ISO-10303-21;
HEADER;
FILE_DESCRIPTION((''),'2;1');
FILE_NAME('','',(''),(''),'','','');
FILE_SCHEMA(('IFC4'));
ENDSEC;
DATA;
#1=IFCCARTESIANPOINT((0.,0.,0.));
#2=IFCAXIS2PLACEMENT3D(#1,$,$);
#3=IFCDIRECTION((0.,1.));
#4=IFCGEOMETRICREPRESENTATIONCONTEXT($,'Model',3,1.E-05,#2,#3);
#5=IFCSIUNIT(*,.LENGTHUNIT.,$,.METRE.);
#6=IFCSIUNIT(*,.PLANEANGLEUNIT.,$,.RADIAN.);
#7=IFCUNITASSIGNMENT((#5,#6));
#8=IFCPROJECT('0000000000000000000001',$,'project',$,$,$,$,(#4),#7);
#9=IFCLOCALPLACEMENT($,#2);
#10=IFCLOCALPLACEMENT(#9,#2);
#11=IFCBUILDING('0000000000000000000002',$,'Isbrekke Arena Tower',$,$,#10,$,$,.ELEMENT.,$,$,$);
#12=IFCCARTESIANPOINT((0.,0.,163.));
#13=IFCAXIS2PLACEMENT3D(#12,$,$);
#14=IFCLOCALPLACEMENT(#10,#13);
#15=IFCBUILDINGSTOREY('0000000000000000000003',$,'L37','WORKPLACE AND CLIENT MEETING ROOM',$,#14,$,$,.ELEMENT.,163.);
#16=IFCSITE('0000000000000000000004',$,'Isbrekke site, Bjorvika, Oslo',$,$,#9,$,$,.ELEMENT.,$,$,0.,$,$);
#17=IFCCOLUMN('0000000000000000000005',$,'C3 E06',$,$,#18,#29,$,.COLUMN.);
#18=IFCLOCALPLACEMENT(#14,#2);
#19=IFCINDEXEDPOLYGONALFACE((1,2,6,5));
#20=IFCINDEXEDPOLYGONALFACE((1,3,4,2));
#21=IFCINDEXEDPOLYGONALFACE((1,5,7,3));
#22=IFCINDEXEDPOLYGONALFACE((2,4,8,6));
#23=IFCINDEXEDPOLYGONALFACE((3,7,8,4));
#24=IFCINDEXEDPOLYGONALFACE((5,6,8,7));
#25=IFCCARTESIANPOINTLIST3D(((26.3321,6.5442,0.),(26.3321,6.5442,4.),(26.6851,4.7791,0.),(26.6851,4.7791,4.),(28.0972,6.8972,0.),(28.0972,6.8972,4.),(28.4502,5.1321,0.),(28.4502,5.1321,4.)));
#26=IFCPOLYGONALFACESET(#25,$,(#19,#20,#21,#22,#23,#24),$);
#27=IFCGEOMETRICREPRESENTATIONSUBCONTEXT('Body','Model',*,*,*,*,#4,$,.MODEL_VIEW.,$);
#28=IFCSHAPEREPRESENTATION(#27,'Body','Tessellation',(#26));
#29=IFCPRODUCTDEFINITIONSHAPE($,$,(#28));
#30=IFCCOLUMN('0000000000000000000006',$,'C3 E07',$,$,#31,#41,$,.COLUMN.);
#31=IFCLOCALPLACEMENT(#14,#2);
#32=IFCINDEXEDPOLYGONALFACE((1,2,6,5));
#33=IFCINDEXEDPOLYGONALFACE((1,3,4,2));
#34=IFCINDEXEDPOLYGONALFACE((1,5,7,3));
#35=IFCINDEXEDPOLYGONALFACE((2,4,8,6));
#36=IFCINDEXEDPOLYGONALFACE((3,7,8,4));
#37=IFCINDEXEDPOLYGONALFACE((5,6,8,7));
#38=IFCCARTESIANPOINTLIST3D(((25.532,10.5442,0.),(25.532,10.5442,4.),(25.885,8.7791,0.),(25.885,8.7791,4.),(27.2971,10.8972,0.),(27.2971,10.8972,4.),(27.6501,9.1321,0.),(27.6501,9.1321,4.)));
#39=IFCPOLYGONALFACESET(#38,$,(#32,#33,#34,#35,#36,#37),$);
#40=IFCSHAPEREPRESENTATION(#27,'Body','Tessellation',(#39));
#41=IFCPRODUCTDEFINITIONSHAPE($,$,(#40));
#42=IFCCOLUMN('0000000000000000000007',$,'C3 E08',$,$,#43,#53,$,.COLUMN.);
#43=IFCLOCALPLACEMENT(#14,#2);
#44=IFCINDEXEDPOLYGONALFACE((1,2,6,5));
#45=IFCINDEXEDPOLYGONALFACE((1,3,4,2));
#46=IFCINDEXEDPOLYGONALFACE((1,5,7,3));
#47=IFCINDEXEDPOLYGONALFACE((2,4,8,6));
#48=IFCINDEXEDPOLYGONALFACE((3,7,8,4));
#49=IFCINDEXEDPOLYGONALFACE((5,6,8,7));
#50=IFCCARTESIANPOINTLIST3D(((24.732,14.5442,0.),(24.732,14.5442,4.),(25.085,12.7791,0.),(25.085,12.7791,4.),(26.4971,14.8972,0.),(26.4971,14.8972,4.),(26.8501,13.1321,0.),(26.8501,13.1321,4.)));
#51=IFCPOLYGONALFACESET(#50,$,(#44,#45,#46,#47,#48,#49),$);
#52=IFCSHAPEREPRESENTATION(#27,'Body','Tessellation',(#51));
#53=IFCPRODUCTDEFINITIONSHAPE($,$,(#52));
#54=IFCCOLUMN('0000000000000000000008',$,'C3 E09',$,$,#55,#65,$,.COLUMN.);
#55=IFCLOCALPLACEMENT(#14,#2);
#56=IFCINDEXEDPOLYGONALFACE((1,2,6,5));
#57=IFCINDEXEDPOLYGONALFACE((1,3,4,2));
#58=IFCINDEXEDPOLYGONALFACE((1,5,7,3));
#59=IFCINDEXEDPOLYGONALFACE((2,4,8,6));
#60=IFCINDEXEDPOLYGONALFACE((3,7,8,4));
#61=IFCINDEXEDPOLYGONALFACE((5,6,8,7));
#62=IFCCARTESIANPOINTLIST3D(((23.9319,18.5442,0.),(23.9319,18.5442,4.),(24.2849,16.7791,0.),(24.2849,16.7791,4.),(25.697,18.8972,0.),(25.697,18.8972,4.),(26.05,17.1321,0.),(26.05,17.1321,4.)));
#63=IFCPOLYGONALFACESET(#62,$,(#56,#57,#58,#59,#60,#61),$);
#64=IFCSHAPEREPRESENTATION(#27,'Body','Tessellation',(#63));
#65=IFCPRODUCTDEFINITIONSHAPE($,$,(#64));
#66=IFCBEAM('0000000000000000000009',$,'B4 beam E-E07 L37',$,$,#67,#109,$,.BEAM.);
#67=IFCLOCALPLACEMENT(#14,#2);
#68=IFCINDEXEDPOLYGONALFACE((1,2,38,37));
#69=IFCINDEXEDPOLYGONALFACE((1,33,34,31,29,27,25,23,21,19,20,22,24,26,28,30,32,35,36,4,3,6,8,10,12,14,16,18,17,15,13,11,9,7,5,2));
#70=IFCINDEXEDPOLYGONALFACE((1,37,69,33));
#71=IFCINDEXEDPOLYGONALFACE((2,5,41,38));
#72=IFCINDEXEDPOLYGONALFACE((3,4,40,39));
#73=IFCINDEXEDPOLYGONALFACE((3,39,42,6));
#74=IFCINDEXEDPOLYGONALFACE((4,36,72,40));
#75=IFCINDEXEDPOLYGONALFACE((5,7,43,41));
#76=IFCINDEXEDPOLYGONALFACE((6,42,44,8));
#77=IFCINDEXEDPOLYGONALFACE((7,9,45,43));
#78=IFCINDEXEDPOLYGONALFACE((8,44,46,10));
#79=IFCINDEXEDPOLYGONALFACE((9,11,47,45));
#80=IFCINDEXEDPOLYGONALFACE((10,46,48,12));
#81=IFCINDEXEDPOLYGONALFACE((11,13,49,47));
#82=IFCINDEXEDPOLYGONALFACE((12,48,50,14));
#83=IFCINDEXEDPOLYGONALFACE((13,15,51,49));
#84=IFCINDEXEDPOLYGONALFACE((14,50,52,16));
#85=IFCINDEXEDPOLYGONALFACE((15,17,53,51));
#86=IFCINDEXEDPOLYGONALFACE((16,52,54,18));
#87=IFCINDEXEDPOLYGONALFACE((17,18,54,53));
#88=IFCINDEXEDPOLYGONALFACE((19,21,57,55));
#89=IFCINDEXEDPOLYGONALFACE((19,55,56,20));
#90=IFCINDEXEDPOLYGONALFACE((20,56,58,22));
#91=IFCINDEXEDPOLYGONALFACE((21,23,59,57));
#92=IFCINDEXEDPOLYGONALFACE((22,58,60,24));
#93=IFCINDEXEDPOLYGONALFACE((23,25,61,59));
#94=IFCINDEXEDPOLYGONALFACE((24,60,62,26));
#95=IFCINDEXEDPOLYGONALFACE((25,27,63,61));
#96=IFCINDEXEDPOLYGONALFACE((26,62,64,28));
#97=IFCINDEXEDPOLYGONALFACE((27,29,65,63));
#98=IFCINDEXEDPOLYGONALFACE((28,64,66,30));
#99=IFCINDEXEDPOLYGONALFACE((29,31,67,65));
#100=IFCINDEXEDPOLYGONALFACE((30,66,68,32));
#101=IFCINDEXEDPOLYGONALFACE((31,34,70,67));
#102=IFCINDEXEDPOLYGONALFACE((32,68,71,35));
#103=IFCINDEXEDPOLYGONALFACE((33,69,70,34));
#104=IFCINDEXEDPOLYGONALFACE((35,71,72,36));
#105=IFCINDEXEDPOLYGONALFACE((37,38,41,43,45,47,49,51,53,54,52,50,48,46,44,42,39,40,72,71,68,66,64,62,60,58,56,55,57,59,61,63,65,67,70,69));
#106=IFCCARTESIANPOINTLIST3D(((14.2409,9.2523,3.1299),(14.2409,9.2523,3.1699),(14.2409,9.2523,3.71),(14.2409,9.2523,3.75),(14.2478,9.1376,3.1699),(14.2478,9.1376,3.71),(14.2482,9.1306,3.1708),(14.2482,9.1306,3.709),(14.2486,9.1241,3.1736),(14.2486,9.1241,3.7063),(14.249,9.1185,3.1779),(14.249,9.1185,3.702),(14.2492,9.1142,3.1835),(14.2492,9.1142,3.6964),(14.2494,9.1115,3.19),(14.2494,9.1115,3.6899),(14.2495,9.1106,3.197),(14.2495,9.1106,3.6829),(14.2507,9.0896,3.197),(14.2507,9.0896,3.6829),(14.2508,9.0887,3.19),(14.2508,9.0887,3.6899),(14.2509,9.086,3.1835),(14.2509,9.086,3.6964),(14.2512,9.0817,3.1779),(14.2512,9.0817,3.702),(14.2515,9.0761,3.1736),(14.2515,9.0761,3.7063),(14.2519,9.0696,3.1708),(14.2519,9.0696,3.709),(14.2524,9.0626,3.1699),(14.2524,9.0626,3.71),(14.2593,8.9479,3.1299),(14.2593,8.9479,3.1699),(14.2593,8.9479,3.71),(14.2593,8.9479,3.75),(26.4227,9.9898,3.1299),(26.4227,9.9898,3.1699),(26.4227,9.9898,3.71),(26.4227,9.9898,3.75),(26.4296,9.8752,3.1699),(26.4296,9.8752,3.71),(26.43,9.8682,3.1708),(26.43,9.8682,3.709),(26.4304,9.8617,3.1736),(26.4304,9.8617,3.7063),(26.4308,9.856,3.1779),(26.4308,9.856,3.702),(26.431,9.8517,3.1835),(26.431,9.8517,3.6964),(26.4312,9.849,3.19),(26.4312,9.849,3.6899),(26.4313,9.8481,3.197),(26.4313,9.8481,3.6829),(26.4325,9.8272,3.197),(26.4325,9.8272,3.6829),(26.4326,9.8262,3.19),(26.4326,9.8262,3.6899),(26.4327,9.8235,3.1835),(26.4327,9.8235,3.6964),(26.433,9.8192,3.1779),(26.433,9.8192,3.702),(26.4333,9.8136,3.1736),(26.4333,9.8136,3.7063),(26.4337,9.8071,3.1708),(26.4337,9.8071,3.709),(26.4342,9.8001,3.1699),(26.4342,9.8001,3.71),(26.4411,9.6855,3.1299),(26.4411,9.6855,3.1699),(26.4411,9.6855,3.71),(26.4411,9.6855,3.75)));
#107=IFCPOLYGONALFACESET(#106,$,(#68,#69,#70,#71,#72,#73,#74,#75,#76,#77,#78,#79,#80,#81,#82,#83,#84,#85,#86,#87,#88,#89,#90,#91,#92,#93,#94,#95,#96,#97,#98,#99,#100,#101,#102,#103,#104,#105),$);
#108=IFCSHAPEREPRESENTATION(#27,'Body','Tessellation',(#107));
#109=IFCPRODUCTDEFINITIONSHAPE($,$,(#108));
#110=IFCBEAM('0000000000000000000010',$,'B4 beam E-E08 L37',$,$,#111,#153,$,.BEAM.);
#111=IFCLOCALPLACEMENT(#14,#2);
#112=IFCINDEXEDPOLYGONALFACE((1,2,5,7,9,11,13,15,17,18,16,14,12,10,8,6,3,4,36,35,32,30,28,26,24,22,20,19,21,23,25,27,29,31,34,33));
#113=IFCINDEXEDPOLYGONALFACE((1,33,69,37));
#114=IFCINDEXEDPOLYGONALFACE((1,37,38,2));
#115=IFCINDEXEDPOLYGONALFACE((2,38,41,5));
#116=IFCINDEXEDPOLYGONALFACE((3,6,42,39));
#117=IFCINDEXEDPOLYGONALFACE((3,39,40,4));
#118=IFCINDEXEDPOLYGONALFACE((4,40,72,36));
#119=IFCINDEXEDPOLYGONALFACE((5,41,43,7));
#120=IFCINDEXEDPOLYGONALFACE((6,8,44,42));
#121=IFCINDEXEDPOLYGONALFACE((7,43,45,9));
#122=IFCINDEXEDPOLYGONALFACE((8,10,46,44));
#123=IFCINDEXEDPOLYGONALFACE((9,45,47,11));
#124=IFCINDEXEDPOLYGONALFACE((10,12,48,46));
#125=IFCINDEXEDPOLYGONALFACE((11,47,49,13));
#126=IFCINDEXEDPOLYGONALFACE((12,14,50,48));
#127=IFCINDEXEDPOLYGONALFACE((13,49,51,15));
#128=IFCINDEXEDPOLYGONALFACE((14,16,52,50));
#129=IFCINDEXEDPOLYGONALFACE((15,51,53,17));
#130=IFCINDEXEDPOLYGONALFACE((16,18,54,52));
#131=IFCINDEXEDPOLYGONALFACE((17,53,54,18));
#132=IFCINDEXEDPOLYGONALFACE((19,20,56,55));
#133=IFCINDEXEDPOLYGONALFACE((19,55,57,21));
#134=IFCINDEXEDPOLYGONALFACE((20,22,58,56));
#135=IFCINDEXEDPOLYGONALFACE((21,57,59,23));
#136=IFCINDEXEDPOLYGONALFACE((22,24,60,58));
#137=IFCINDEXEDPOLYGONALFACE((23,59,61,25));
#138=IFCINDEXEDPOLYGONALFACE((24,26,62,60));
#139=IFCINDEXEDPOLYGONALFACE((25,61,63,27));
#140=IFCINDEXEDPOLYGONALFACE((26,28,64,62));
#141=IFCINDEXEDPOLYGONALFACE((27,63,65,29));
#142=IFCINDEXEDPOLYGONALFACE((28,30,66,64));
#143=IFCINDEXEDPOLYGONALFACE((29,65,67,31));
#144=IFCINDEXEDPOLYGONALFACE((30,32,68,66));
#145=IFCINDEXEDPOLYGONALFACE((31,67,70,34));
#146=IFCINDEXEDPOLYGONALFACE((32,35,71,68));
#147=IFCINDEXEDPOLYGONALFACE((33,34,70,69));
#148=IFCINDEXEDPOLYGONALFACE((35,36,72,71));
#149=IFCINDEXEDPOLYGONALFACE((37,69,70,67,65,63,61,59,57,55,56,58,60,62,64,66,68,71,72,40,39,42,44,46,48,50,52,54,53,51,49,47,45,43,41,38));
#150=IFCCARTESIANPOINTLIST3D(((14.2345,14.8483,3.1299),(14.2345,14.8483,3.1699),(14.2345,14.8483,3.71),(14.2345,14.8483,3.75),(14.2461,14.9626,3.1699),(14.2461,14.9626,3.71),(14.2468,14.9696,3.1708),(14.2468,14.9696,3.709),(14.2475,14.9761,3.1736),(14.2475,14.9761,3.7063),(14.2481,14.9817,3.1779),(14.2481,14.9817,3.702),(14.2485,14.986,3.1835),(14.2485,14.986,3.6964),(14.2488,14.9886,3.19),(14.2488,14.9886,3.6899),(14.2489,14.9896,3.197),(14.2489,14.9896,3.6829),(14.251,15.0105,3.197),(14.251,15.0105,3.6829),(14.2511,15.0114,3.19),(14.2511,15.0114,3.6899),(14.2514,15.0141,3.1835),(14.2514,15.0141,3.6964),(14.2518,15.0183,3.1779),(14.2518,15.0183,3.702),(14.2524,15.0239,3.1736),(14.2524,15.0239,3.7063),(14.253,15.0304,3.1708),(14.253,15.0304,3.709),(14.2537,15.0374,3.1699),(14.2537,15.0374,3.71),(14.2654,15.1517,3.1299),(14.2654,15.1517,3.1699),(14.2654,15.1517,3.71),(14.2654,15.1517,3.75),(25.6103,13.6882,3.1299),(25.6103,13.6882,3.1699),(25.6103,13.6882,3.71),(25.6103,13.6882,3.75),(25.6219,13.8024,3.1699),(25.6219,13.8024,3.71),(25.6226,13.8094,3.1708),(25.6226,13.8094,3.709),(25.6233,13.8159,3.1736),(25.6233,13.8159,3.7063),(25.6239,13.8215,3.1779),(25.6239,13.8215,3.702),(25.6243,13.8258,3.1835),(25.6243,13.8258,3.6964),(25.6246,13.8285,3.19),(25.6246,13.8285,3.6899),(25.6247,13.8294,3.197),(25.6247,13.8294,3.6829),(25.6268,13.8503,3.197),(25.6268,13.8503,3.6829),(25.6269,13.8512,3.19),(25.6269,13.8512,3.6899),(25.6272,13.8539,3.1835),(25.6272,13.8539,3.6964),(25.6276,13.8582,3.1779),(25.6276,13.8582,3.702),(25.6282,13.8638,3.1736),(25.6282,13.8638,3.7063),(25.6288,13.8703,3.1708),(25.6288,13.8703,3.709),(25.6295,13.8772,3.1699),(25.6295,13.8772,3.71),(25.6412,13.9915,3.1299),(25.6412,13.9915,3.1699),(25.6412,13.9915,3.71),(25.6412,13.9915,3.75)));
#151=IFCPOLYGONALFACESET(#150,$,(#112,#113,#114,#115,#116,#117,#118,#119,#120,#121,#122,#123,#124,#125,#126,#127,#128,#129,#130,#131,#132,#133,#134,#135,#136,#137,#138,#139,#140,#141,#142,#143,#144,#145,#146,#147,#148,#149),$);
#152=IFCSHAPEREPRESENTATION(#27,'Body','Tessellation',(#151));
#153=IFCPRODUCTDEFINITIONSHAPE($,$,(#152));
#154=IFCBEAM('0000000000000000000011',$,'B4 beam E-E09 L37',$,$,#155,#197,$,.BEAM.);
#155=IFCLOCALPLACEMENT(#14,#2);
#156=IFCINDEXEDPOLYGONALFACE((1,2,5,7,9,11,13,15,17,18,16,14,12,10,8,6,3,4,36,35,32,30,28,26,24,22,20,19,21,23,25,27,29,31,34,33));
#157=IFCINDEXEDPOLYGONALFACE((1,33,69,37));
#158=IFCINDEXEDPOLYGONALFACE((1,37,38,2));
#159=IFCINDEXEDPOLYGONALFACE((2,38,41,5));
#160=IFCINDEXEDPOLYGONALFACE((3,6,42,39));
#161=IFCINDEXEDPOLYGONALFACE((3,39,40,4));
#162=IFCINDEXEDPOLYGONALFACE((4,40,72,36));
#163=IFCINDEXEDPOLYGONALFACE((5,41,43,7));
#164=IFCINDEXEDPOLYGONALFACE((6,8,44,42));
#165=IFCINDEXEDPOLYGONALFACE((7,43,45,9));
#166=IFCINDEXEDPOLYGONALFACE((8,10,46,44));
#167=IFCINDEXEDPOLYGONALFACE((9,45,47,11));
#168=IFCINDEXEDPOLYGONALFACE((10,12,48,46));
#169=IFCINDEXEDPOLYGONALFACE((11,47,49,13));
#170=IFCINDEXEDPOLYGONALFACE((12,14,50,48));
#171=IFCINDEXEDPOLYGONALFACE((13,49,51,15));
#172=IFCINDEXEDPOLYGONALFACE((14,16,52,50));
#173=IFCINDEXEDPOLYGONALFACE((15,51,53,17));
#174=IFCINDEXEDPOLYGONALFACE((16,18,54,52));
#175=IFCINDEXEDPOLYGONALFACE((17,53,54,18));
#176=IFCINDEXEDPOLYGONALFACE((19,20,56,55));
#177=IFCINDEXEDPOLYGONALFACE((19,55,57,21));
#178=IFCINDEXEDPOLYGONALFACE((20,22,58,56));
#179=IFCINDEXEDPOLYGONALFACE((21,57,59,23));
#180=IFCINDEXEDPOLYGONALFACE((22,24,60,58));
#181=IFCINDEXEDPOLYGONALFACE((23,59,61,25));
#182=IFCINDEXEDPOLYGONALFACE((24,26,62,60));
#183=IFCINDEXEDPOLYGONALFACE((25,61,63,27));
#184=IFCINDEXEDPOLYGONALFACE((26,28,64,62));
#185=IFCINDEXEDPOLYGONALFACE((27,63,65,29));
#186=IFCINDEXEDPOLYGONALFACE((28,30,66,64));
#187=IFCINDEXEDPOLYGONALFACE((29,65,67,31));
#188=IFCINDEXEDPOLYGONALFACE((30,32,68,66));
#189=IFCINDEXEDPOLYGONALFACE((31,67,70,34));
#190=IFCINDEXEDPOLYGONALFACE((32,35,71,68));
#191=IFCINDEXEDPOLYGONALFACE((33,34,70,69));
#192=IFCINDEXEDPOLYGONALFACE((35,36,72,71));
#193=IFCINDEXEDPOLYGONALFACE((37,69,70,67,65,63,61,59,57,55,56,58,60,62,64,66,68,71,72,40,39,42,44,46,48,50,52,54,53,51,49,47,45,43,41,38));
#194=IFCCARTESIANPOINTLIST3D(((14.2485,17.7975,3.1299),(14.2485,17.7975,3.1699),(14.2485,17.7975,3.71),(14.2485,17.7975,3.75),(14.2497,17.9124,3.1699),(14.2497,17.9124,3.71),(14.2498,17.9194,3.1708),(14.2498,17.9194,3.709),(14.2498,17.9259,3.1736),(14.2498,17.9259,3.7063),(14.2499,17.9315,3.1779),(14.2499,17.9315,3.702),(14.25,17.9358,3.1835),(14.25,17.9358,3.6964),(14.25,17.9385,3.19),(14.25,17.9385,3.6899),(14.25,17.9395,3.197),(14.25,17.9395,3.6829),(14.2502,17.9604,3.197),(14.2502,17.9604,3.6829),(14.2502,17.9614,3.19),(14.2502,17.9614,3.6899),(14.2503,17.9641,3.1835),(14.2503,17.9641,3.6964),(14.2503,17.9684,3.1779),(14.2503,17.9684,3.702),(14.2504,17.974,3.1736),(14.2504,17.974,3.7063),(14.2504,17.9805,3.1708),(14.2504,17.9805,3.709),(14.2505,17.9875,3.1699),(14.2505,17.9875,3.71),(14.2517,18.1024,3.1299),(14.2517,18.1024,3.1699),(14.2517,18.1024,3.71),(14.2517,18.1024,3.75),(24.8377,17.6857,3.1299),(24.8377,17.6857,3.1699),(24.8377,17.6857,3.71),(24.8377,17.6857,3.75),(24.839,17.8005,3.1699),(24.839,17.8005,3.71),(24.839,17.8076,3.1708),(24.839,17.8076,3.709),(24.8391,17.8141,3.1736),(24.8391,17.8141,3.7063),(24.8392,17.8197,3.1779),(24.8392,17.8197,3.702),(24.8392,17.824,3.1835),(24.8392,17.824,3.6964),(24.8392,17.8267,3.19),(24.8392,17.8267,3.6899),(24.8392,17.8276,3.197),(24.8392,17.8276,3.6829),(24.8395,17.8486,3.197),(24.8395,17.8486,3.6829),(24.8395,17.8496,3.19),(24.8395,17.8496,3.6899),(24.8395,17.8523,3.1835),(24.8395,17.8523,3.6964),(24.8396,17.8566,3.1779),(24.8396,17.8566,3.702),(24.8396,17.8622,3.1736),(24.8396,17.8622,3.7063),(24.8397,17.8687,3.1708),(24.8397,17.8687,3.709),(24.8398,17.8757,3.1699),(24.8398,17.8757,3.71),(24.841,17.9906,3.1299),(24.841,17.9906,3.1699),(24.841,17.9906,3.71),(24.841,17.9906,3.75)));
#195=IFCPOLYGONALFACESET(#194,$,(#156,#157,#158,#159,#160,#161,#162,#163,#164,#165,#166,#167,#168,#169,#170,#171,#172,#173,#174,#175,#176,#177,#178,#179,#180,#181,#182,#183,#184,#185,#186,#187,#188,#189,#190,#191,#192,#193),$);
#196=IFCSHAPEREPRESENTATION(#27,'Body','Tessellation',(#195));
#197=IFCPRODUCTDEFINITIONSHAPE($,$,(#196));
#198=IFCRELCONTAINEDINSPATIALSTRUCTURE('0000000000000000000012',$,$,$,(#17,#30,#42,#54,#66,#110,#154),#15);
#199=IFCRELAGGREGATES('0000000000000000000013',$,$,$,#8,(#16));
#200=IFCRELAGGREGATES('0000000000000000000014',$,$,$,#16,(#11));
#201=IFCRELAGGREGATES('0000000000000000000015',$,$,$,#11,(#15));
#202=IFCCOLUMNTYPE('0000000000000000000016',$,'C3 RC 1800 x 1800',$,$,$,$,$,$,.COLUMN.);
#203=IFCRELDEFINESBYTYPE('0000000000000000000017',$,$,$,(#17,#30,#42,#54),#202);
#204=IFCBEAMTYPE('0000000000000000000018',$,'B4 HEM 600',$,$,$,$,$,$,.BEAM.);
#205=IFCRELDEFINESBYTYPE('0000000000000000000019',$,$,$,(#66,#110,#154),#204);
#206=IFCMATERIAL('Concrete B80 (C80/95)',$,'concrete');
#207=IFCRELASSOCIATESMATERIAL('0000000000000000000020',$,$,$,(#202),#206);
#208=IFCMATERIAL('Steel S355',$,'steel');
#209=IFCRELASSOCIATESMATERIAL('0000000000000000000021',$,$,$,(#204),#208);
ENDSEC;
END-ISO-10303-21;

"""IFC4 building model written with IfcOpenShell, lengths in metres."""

from ifc_helpers import new_model, si_unit, direction, frame, origin, origin_2d, place, context, subcontext, project, spatial, rectangle, i_section, extrude, material, material_profile, profile_set, type_object, element, save


model = new_model("IFC4")

# Units and contexts
model_context = context("Model", 3, precision=1e-05, world=origin(), true_north=direction((0.0, 1.0)))
body_context = subcontext(model_context, "Body", "Model", "MODEL_VIEW")
ifc_project = project(units=[si_unit("LENGTHUNIT", "METRE"), si_unit("PLANEANGLEUNIT", "RADIAN")], contexts=[model_context])

# Site, building, storey
site_placement = place(None, origin())
site = spatial("IfcSite", under=ifc_project, at=site_placement, Name="Isbrekke site, Bjorvika, Oslo", CompositionType="ELEMENT", RefElevation=0.0)
building_placement = place(site_placement, origin())
building = spatial("IfcBuilding", under=site, at=building_placement, Name="Isbrekke Arena Tower", CompositionType="ELEMENT")
storey_placement = place(building_placement, frame((0.0, 0.0, 163.0)))
storey = spatial("IfcBuildingStorey", under=building, at=storey_placement, Name="L37", Description="WORKPLACE AND CLIENT MEETING ROOM", CompositionType="ELEMENT", Elevation=163.0)

# Columns
ifc_material_1 = material(Name="Concrete B80 (C80/95)", Category="concrete")
ifc_material_profile_1 = material_profile(ifc_material_1, rectangle(XDim=1.8, YDim=1.8, at=origin_2d()), Name="RC 1800x1800")
ifc_profile_set_1 = profile_set([ifc_material_profile_1], Name="Concrete B80 (C80/95)")
column_type = type_object("IfcColumnType", Name="C3 RC 1800 x 1800", PredefinedType="COLUMN", material=ifc_profile_set_1)
for number, where, z_axis, x_axis, name in (
    (1, (27.3911, 5.8381, 0.0), (0.0, 0.0, 1.0), (-0.196116, 0.980581, 0.0), "C3 E06"),
    (2, (26.5911, 9.8381, 0.0), (0.0, 0.0, 1.0), (-0.196116, 0.980581, 0.0), "C3 E07"),
    (3, (25.791, 13.8381, 0.0), (0.0, 0.0, 1.0), (-0.196116, 0.980581, 0.0), "C3 E08"),
    (4, (24.991, 17.8381, 0.0), (0.0, 0.0, 1.0), (-0.196116, 0.980581, 0.0), "C3 E09"),
):
    element("IfcColumn", number, at=place(storey_placement, frame(where, z_axis=z_axis, x_axis=x_axis)), inside=storey, type_object=column_type, Name=name, PredefinedType="COLUMN", context=body_context, shape_type="SweptSolid", body=[
        extrude(rectangle(XDim=1.8, YDim=1.8, at=origin_2d()), origin(), (0.0, 0.0, 1.0), 4.0),
    ])

# Beams
ifc_material_2 = material(Name="Steel S355", Category="steel")
ifc_material_profile_2 = material_profile(ifc_material_2, i_section(OverallWidth=0.3049, OverallDepth=0.6201, WebThickness=0.021, FlangeThickness=0.04, FilletRadius=0.0271, at=origin_2d()), Name="HEM 600")
ifc_profile_set_2 = profile_set([ifc_material_profile_2], Name="Steel S355")
beam_type_1 = type_object("IfcBeamType", Name="B4 HEM 600", PredefinedType="BEAM", material=ifc_profile_set_2)
beam_1_placement = place(storey_placement, frame((26.4319, 9.8376, 3.4399), z_axis=(-0.998172, -0.060434, 0.0), x_axis=(0.060434, -0.998172, 0.0)))
element("IfcBeam", 5, at=beam_1_placement, inside=storey, type_object=beam_type_1, Name="B4 beam E-E07 L37", PredefinedType="BEAM", context=body_context, shape_type="SweptSolid", body=[
    extrude(i_section(OverallWidth=0.3049, OverallDepth=0.6201, WebThickness=0.021, FlangeThickness=0.04, FilletRadius=0.0271, at=origin_2d()), origin(), (0.0, 0.0, 1.0), 12.2041),
])
beam_2_placement = place(storey_placement, frame((25.6257, 13.8398, 3.4399), z_axis=(-0.99484, 0.101459, 0.0), x_axis=(-0.101459, -0.99484, 0.0)))
element("IfcBeam", 6, at=beam_2_placement, inside=storey, type_object=beam_type_1, Name="B4 beam E-E08 L37", PredefinedType="BEAM", context=body_context, shape_type="SweptSolid", body=[
    extrude(i_section(OverallWidth=0.3049, OverallDepth=0.6201, WebThickness=0.021, FlangeThickness=0.04, FilletRadius=0.0271, at=origin_2d()), origin(), (0.0, 0.0, 1.0), 11.4348),
])
beam_3_placement = place(storey_placement, frame((24.8394, 17.8381, 3.4399), z_axis=(-0.999944, 0.010559, 0.0), x_axis=(-0.010559, -0.999944, 0.0)))
element("IfcBeam", 7, at=beam_3_placement, inside=storey, type_object=beam_type_1, Name="B4 beam E-E09 L37", PredefinedType="BEAM", context=body_context, shape_type="SweptSolid", body=[
    extrude(i_section(OverallWidth=0.3049, OverallDepth=0.6201, WebThickness=0.021, FlangeThickness=0.04, FilletRadius=0.0271, at=origin_2d()), origin(), (0.0, 0.0, 1.0), 10.5898),
])

save(model, "model.ifc")
